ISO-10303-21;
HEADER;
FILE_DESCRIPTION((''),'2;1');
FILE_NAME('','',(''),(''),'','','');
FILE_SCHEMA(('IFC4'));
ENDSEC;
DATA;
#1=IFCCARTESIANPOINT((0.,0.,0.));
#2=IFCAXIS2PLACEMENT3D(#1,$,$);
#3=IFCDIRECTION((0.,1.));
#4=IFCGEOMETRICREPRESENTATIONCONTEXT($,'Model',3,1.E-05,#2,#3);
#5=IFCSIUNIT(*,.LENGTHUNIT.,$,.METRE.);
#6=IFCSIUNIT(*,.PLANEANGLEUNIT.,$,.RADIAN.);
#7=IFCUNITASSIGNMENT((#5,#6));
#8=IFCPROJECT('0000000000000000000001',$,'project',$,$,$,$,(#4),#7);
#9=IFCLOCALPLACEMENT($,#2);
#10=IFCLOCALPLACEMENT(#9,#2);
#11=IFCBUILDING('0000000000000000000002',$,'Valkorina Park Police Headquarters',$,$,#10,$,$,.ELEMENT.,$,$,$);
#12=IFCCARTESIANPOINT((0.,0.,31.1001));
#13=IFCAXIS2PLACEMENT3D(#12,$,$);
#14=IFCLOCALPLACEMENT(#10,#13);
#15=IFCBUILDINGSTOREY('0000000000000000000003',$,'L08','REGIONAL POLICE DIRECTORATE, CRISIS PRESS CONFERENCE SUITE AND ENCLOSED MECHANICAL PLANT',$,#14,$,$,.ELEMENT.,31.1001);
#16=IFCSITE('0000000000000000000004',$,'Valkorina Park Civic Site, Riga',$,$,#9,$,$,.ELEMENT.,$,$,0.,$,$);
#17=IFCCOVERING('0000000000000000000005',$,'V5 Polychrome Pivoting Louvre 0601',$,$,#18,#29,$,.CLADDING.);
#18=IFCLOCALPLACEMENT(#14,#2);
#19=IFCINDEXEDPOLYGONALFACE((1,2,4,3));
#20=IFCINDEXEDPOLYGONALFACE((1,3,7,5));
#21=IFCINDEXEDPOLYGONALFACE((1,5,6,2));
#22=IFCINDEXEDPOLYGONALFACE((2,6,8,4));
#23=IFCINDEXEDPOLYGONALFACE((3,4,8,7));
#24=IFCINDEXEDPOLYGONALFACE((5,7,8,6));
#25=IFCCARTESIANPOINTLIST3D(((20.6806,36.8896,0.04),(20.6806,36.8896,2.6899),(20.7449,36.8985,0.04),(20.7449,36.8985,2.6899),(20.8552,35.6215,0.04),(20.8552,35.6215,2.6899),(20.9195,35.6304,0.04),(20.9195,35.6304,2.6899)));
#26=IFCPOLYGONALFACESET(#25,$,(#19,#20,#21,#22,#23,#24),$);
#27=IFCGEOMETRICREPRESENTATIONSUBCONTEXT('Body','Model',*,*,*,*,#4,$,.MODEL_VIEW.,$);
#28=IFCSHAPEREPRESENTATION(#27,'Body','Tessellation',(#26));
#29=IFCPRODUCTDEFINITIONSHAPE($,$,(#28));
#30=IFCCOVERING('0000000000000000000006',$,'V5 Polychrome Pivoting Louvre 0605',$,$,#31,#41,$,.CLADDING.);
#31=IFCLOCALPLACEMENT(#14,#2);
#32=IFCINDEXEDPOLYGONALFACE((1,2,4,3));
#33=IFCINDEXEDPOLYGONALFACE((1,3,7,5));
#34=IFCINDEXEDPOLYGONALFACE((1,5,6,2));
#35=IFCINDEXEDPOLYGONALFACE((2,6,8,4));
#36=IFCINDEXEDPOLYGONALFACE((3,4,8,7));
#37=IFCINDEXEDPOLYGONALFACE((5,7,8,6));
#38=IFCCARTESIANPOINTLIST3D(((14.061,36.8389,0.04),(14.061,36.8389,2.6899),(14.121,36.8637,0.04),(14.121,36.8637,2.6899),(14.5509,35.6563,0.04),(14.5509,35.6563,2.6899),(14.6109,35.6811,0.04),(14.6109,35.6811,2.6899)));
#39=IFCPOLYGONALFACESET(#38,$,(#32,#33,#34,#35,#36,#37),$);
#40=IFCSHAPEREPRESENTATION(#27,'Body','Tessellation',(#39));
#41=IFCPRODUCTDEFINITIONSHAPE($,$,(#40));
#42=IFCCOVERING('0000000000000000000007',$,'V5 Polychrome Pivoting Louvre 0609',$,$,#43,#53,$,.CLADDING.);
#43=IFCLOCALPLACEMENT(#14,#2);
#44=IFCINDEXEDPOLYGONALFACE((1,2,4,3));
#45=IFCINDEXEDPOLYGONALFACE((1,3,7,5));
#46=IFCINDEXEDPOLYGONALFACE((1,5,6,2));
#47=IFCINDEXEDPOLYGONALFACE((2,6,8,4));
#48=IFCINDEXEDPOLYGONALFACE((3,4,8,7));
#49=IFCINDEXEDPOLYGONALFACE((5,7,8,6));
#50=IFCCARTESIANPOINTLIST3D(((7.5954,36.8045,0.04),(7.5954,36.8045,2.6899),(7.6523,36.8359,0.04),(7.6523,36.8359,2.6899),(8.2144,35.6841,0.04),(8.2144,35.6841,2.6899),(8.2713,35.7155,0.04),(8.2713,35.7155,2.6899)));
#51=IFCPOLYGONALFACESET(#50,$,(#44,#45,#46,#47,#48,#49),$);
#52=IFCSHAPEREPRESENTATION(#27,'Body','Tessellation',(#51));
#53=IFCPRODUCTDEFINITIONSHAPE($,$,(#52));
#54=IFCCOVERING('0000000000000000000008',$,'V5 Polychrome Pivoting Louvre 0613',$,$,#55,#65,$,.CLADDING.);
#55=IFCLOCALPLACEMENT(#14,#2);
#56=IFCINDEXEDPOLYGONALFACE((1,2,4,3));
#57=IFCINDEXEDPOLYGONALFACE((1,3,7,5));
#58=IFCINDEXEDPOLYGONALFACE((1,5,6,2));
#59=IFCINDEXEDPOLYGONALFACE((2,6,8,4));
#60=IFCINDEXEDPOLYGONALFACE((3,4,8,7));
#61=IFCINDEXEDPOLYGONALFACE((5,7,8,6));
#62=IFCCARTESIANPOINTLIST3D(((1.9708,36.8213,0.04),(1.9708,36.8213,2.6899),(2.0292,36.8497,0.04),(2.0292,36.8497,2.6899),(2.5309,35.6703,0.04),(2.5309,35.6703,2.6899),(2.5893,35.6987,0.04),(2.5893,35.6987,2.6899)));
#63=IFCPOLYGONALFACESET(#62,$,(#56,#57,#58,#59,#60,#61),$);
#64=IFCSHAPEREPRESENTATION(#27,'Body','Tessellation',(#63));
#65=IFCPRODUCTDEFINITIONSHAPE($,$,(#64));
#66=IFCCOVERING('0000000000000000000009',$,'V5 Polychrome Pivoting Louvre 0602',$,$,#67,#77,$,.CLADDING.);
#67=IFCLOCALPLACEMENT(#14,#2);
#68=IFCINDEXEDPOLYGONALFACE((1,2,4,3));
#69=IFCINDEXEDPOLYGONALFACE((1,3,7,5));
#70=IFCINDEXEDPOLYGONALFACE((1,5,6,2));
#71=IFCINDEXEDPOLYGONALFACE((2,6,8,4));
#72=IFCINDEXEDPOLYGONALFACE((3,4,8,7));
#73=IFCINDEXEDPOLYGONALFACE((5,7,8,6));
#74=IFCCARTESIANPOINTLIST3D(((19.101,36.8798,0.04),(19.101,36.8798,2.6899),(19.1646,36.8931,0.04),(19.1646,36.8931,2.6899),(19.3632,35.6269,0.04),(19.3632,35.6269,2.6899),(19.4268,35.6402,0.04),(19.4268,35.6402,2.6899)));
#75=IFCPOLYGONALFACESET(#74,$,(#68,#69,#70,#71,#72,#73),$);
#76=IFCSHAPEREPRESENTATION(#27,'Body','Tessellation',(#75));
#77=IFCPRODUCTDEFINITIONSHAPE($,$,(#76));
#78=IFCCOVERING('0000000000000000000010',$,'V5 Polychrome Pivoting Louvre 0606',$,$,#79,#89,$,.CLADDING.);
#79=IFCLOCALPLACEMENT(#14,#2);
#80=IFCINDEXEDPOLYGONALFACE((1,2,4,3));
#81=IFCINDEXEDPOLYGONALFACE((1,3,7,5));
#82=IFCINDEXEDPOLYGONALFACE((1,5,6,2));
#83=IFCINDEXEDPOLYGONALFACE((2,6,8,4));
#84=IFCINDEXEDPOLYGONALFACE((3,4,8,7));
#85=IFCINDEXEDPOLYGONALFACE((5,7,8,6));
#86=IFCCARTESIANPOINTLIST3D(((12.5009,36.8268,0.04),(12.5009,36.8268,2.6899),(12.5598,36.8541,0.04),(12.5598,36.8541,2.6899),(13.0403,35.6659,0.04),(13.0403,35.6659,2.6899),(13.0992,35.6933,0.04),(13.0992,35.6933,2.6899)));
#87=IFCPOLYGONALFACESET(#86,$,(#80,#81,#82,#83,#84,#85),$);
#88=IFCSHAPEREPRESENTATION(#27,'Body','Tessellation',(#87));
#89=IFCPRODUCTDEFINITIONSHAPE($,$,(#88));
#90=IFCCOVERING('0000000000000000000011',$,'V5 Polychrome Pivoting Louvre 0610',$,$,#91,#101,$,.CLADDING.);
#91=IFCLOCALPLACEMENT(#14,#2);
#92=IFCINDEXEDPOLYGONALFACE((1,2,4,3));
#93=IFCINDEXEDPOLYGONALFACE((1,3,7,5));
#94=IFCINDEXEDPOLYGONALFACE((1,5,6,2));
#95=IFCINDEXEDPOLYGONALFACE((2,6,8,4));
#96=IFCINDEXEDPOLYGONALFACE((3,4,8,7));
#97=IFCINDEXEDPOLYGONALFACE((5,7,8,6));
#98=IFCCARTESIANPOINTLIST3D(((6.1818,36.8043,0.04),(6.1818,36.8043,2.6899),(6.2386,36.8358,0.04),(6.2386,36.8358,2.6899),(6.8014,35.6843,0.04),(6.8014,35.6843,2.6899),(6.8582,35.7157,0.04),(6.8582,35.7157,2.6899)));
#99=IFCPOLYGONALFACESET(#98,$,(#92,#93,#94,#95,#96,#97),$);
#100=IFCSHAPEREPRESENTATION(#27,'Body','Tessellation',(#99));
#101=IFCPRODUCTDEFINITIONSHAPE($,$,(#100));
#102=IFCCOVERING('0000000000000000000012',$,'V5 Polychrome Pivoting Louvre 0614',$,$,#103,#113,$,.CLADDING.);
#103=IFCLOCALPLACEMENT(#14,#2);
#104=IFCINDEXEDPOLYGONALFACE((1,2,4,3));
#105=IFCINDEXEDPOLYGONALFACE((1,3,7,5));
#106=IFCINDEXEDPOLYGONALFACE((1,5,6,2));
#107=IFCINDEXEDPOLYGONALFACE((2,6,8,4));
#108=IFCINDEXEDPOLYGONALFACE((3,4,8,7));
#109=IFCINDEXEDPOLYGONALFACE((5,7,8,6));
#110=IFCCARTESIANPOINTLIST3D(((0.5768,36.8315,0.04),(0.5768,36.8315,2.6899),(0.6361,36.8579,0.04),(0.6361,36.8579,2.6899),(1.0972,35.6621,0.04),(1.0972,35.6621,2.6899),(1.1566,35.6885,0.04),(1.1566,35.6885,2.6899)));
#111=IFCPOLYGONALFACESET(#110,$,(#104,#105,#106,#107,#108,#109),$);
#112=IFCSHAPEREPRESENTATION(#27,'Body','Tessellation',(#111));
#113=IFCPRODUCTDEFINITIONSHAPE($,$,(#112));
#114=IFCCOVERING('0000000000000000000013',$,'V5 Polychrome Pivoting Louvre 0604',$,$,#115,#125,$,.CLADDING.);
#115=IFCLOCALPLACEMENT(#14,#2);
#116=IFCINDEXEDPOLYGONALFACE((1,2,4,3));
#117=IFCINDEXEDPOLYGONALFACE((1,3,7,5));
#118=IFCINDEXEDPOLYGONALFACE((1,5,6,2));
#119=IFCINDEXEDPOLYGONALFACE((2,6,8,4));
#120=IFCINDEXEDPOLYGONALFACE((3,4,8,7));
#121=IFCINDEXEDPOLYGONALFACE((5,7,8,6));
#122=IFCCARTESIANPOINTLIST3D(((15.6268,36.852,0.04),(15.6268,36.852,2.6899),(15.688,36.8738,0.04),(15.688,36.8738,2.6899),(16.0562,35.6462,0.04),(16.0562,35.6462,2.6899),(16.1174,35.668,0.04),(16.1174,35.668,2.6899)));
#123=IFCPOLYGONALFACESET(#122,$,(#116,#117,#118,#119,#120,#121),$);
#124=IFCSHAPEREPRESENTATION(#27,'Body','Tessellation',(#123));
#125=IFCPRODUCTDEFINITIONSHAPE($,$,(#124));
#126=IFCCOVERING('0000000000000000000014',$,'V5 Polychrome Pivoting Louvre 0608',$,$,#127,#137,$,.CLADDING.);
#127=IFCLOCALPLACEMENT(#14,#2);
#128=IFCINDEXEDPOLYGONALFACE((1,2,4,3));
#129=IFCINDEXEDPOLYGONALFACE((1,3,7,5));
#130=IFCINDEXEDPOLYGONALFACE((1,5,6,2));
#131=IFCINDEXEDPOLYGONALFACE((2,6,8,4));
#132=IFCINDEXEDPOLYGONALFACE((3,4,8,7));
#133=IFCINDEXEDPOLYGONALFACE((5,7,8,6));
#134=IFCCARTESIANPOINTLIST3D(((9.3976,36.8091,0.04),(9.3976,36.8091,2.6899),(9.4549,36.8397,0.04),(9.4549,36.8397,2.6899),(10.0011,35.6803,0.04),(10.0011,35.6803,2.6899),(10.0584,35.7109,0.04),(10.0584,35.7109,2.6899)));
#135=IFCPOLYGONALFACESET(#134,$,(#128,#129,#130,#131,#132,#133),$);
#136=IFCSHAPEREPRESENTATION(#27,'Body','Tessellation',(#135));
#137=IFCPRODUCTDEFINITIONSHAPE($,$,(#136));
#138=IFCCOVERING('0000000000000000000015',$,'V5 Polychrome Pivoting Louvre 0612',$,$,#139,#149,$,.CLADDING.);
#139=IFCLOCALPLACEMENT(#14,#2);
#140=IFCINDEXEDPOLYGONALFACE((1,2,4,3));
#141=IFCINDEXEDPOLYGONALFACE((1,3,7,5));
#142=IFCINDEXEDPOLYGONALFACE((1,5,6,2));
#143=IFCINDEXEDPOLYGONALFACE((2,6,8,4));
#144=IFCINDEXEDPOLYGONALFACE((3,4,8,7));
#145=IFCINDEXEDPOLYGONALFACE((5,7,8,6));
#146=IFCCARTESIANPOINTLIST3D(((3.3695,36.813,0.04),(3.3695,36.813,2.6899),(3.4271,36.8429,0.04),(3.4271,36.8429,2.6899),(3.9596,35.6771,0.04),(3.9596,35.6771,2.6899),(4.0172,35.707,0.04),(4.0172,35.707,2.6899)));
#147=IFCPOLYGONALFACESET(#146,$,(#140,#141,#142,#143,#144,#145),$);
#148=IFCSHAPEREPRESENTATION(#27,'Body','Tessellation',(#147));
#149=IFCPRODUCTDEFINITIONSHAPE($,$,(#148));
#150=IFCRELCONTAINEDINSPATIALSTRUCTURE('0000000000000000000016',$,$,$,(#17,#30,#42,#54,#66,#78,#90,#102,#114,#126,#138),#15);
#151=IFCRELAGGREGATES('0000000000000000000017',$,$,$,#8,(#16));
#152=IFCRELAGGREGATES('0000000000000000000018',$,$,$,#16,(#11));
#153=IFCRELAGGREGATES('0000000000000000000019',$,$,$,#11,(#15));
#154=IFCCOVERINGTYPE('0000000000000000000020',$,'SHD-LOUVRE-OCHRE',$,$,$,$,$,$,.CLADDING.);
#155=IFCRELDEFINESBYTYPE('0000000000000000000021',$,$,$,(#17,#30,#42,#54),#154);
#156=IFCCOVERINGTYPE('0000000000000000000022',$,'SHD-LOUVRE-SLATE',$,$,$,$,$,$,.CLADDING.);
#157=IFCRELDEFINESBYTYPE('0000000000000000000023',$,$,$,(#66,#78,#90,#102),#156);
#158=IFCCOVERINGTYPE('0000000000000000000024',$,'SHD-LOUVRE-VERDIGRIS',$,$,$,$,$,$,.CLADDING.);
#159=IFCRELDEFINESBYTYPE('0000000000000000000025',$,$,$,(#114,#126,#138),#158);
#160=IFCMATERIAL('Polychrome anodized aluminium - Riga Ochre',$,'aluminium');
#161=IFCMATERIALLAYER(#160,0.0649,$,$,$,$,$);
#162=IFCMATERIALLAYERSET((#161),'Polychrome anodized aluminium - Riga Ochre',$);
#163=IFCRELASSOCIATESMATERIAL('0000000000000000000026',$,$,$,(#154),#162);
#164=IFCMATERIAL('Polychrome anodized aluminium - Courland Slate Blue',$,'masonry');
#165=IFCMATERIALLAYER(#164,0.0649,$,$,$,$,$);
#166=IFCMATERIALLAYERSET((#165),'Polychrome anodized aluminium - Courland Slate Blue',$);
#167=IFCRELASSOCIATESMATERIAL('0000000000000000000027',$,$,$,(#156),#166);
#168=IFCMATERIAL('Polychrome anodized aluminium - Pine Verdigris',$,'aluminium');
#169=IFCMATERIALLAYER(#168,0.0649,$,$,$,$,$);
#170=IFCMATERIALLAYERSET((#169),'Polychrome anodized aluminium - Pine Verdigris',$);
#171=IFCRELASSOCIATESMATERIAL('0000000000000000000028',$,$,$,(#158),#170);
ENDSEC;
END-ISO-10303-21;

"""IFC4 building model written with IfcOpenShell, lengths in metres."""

from ifc_helpers import new_model, si_unit, direction, frame, origin, origin_2d, place, context, subcontext, project, spatial, rectangle, extrude, material, layer, layer_set, type_object, element, save


model = new_model("IFC4")

# Units and contexts
model_context = context("Model", 3, precision=1e-05, world=origin(), true_north=direction((0.0, 1.0)))
body_context = subcontext(model_context, "Body", "Model", "MODEL_VIEW")
ifc_project = project(units=[si_unit("LENGTHUNIT", "METRE"), si_unit("PLANEANGLEUNIT", "RADIAN")], contexts=[model_context])

# Site, building, storey
site_placement = place(None, origin())
site = spatial("IfcSite", under=ifc_project, at=site_placement, Name="Valkorina Park Civic Site, Riga", CompositionType="ELEMENT", RefElevation=0.0)
building_placement = place(site_placement, origin())
building = spatial("IfcBuilding", under=site, at=building_placement, Name="Valkorina Park Police Headquarters", CompositionType="ELEMENT")
storey_placement = place(building_placement, frame((0.0, 0.0, 31.1001)))
storey = spatial("IfcBuildingStorey", under=building, at=storey_placement, Name="L08", Description="REGIONAL POLICE DIRECTORATE, CRISIS PRESS CONFERENCE SUITE AND ENCLOSED MECHANICAL PLANT", CompositionType="ELEMENT", Elevation=31.1001)

# Coverings
ifc_material_1 = material(Name="Polychrome anodized aluminium - Riga Ochre", Category="aluminium")
ifc_layer_1 = layer(ifc_material_1, 0.0649)
ifc_layer_set_1 = layer_set([ifc_layer_1], Name="Polychrome anodized aluminium - Riga Ochre")
covering_type_1 = type_object("IfcCoveringType", Name="SHD-LOUVRE-OCHRE", PredefinedType="CLADDING", material=ifc_layer_set_1)
for number, where, z_axis, x_axis, name in (
    (1, (20.8, 36.26, 0.04), (0.0, 0.0, 1.0), (0.136407, -0.990653, 0.0), "V5 Polychrome Pivoting Louvre 0601"),
    (2, (14.3359, 36.26, 0.04), (0.0, 0.0, 1.0), (0.382683, -0.92388, 0.0), "V5 Polychrome Pivoting Louvre 0605"),
    (3, (7.9333, 36.26, 0.04), (0.0, 0.0, 1.0), (0.483588, -0.875296, 0.0), "V5 Polychrome Pivoting Louvre 0609"),
    (4, (2.28, 36.26, 0.04), (0.0, 0.0, 1.0), (0.437587, -0.899176, 0.0), "V5 Polychrome Pivoting Louvre 0613"),
):
    element("IfcCovering", number, at=place(storey_placement, frame(where, z_axis=z_axis, x_axis=x_axis)), inside=storey, type_object=covering_type_1, Name=name, PredefinedType="CLADDING", context=body_context, shape_type="SweptSolid", body=[
        extrude(rectangle(XDim=1.28, YDim=0.0649, at=origin_2d()), origin(), (0.0, 0.0, 1.0), 2.6499),
    ])
ifc_material_2 = material(Name="Polychrome anodized aluminium - Courland Slate Blue", Category="masonry")
ifc_layer_2 = layer(ifc_material_2, 0.0649)
ifc_layer_set_2 = layer_set([ifc_layer_2], Name="Polychrome anodized aluminium - Courland Slate Blue")
covering_type_2 = type_object("IfcCoveringType", Name="SHD-LOUVRE-SLATE", PredefinedType="CLADDING", material=ifc_layer_set_2)
for number, where, z_axis, x_axis, name in (
    (5, (19.2639, 36.26, 0.04), (0.0, 0.0, 1.0), (0.204838, -0.978796, 0.0), "V5 Polychrome Pivoting Louvre 0602"),
    (6, (12.8, 36.26, 0.04), (0.0, 0.0, 1.0), (0.421352, -0.906897, 0.0), "V5 Polychrome Pivoting Louvre 0606"),
    (7, (6.52, 36.26, 0.04), (0.0, 0.0, 1.0), (0.484046, -0.875042, 0.0), "V5 Polychrome Pivoting Louvre 0610"),
    (8, (0.8667, 36.26, 0.04), (0.0, 0.0, 1.0), (0.406577, -0.913616, 0.0), "V5 Polychrome Pivoting Louvre 0614"),
):
    element("IfcCovering", number, at=place(storey_placement, frame(where, z_axis=z_axis, x_axis=x_axis)), inside=storey, type_object=covering_type_2, Name=name, PredefinedType="CLADDING", context=body_context, shape_type="SweptSolid", body=[
        extrude(rectangle(XDim=1.28, YDim=0.0649, at=origin_2d()), origin(), (0.0, 0.0, 1.0), 2.6499),
    ])
ifc_material_3 = material(Name="Polychrome anodized aluminium - Pine Verdigris", Category="aluminium")
ifc_layer_3 = layer(ifc_material_3, 0.0649)
ifc_layer_set_3 = layer_set([ifc_layer_3], Name="Polychrome anodized aluminium - Pine Verdigris")
covering_type_3 = type_object("IfcCoveringType", Name="SHD-LOUVRE-VERDIGRIS", PredefinedType="CLADDING", material=ifc_layer_set_3)
for number, where, z_axis, x_axis, name in (
    (9, (15.8721, 36.26, 0.04), (0.0, 0.0, 1.0), (0.335452, -0.942057, 0.0), "V5 Polychrome Pivoting Louvre 0604"),
    (10, (9.728, 36.26, 0.04), (0.0, 0.0, 1.0), (0.471474, -0.88188, 0.0), "V5 Polychrome Pivoting Louvre 0608"),
    (11, (3.6934, 36.26, 0.04), (0.0, 0.0, 1.0), (0.460974, -0.887413, 0.0), "V5 Polychrome Pivoting Louvre 0612"),
):
    element("IfcCovering", number, at=place(storey_placement, frame(where, z_axis=z_axis, x_axis=x_axis)), inside=storey, type_object=covering_type_3, Name=name, PredefinedType="CLADDING", context=body_context, shape_type="SweptSolid", body=[
        extrude(rectangle(XDim=1.28, YDim=0.0649, at=origin_2d()), origin(), (0.0, 0.0, 1.0), 2.6499),
    ])

save(model, "model.ifc")
